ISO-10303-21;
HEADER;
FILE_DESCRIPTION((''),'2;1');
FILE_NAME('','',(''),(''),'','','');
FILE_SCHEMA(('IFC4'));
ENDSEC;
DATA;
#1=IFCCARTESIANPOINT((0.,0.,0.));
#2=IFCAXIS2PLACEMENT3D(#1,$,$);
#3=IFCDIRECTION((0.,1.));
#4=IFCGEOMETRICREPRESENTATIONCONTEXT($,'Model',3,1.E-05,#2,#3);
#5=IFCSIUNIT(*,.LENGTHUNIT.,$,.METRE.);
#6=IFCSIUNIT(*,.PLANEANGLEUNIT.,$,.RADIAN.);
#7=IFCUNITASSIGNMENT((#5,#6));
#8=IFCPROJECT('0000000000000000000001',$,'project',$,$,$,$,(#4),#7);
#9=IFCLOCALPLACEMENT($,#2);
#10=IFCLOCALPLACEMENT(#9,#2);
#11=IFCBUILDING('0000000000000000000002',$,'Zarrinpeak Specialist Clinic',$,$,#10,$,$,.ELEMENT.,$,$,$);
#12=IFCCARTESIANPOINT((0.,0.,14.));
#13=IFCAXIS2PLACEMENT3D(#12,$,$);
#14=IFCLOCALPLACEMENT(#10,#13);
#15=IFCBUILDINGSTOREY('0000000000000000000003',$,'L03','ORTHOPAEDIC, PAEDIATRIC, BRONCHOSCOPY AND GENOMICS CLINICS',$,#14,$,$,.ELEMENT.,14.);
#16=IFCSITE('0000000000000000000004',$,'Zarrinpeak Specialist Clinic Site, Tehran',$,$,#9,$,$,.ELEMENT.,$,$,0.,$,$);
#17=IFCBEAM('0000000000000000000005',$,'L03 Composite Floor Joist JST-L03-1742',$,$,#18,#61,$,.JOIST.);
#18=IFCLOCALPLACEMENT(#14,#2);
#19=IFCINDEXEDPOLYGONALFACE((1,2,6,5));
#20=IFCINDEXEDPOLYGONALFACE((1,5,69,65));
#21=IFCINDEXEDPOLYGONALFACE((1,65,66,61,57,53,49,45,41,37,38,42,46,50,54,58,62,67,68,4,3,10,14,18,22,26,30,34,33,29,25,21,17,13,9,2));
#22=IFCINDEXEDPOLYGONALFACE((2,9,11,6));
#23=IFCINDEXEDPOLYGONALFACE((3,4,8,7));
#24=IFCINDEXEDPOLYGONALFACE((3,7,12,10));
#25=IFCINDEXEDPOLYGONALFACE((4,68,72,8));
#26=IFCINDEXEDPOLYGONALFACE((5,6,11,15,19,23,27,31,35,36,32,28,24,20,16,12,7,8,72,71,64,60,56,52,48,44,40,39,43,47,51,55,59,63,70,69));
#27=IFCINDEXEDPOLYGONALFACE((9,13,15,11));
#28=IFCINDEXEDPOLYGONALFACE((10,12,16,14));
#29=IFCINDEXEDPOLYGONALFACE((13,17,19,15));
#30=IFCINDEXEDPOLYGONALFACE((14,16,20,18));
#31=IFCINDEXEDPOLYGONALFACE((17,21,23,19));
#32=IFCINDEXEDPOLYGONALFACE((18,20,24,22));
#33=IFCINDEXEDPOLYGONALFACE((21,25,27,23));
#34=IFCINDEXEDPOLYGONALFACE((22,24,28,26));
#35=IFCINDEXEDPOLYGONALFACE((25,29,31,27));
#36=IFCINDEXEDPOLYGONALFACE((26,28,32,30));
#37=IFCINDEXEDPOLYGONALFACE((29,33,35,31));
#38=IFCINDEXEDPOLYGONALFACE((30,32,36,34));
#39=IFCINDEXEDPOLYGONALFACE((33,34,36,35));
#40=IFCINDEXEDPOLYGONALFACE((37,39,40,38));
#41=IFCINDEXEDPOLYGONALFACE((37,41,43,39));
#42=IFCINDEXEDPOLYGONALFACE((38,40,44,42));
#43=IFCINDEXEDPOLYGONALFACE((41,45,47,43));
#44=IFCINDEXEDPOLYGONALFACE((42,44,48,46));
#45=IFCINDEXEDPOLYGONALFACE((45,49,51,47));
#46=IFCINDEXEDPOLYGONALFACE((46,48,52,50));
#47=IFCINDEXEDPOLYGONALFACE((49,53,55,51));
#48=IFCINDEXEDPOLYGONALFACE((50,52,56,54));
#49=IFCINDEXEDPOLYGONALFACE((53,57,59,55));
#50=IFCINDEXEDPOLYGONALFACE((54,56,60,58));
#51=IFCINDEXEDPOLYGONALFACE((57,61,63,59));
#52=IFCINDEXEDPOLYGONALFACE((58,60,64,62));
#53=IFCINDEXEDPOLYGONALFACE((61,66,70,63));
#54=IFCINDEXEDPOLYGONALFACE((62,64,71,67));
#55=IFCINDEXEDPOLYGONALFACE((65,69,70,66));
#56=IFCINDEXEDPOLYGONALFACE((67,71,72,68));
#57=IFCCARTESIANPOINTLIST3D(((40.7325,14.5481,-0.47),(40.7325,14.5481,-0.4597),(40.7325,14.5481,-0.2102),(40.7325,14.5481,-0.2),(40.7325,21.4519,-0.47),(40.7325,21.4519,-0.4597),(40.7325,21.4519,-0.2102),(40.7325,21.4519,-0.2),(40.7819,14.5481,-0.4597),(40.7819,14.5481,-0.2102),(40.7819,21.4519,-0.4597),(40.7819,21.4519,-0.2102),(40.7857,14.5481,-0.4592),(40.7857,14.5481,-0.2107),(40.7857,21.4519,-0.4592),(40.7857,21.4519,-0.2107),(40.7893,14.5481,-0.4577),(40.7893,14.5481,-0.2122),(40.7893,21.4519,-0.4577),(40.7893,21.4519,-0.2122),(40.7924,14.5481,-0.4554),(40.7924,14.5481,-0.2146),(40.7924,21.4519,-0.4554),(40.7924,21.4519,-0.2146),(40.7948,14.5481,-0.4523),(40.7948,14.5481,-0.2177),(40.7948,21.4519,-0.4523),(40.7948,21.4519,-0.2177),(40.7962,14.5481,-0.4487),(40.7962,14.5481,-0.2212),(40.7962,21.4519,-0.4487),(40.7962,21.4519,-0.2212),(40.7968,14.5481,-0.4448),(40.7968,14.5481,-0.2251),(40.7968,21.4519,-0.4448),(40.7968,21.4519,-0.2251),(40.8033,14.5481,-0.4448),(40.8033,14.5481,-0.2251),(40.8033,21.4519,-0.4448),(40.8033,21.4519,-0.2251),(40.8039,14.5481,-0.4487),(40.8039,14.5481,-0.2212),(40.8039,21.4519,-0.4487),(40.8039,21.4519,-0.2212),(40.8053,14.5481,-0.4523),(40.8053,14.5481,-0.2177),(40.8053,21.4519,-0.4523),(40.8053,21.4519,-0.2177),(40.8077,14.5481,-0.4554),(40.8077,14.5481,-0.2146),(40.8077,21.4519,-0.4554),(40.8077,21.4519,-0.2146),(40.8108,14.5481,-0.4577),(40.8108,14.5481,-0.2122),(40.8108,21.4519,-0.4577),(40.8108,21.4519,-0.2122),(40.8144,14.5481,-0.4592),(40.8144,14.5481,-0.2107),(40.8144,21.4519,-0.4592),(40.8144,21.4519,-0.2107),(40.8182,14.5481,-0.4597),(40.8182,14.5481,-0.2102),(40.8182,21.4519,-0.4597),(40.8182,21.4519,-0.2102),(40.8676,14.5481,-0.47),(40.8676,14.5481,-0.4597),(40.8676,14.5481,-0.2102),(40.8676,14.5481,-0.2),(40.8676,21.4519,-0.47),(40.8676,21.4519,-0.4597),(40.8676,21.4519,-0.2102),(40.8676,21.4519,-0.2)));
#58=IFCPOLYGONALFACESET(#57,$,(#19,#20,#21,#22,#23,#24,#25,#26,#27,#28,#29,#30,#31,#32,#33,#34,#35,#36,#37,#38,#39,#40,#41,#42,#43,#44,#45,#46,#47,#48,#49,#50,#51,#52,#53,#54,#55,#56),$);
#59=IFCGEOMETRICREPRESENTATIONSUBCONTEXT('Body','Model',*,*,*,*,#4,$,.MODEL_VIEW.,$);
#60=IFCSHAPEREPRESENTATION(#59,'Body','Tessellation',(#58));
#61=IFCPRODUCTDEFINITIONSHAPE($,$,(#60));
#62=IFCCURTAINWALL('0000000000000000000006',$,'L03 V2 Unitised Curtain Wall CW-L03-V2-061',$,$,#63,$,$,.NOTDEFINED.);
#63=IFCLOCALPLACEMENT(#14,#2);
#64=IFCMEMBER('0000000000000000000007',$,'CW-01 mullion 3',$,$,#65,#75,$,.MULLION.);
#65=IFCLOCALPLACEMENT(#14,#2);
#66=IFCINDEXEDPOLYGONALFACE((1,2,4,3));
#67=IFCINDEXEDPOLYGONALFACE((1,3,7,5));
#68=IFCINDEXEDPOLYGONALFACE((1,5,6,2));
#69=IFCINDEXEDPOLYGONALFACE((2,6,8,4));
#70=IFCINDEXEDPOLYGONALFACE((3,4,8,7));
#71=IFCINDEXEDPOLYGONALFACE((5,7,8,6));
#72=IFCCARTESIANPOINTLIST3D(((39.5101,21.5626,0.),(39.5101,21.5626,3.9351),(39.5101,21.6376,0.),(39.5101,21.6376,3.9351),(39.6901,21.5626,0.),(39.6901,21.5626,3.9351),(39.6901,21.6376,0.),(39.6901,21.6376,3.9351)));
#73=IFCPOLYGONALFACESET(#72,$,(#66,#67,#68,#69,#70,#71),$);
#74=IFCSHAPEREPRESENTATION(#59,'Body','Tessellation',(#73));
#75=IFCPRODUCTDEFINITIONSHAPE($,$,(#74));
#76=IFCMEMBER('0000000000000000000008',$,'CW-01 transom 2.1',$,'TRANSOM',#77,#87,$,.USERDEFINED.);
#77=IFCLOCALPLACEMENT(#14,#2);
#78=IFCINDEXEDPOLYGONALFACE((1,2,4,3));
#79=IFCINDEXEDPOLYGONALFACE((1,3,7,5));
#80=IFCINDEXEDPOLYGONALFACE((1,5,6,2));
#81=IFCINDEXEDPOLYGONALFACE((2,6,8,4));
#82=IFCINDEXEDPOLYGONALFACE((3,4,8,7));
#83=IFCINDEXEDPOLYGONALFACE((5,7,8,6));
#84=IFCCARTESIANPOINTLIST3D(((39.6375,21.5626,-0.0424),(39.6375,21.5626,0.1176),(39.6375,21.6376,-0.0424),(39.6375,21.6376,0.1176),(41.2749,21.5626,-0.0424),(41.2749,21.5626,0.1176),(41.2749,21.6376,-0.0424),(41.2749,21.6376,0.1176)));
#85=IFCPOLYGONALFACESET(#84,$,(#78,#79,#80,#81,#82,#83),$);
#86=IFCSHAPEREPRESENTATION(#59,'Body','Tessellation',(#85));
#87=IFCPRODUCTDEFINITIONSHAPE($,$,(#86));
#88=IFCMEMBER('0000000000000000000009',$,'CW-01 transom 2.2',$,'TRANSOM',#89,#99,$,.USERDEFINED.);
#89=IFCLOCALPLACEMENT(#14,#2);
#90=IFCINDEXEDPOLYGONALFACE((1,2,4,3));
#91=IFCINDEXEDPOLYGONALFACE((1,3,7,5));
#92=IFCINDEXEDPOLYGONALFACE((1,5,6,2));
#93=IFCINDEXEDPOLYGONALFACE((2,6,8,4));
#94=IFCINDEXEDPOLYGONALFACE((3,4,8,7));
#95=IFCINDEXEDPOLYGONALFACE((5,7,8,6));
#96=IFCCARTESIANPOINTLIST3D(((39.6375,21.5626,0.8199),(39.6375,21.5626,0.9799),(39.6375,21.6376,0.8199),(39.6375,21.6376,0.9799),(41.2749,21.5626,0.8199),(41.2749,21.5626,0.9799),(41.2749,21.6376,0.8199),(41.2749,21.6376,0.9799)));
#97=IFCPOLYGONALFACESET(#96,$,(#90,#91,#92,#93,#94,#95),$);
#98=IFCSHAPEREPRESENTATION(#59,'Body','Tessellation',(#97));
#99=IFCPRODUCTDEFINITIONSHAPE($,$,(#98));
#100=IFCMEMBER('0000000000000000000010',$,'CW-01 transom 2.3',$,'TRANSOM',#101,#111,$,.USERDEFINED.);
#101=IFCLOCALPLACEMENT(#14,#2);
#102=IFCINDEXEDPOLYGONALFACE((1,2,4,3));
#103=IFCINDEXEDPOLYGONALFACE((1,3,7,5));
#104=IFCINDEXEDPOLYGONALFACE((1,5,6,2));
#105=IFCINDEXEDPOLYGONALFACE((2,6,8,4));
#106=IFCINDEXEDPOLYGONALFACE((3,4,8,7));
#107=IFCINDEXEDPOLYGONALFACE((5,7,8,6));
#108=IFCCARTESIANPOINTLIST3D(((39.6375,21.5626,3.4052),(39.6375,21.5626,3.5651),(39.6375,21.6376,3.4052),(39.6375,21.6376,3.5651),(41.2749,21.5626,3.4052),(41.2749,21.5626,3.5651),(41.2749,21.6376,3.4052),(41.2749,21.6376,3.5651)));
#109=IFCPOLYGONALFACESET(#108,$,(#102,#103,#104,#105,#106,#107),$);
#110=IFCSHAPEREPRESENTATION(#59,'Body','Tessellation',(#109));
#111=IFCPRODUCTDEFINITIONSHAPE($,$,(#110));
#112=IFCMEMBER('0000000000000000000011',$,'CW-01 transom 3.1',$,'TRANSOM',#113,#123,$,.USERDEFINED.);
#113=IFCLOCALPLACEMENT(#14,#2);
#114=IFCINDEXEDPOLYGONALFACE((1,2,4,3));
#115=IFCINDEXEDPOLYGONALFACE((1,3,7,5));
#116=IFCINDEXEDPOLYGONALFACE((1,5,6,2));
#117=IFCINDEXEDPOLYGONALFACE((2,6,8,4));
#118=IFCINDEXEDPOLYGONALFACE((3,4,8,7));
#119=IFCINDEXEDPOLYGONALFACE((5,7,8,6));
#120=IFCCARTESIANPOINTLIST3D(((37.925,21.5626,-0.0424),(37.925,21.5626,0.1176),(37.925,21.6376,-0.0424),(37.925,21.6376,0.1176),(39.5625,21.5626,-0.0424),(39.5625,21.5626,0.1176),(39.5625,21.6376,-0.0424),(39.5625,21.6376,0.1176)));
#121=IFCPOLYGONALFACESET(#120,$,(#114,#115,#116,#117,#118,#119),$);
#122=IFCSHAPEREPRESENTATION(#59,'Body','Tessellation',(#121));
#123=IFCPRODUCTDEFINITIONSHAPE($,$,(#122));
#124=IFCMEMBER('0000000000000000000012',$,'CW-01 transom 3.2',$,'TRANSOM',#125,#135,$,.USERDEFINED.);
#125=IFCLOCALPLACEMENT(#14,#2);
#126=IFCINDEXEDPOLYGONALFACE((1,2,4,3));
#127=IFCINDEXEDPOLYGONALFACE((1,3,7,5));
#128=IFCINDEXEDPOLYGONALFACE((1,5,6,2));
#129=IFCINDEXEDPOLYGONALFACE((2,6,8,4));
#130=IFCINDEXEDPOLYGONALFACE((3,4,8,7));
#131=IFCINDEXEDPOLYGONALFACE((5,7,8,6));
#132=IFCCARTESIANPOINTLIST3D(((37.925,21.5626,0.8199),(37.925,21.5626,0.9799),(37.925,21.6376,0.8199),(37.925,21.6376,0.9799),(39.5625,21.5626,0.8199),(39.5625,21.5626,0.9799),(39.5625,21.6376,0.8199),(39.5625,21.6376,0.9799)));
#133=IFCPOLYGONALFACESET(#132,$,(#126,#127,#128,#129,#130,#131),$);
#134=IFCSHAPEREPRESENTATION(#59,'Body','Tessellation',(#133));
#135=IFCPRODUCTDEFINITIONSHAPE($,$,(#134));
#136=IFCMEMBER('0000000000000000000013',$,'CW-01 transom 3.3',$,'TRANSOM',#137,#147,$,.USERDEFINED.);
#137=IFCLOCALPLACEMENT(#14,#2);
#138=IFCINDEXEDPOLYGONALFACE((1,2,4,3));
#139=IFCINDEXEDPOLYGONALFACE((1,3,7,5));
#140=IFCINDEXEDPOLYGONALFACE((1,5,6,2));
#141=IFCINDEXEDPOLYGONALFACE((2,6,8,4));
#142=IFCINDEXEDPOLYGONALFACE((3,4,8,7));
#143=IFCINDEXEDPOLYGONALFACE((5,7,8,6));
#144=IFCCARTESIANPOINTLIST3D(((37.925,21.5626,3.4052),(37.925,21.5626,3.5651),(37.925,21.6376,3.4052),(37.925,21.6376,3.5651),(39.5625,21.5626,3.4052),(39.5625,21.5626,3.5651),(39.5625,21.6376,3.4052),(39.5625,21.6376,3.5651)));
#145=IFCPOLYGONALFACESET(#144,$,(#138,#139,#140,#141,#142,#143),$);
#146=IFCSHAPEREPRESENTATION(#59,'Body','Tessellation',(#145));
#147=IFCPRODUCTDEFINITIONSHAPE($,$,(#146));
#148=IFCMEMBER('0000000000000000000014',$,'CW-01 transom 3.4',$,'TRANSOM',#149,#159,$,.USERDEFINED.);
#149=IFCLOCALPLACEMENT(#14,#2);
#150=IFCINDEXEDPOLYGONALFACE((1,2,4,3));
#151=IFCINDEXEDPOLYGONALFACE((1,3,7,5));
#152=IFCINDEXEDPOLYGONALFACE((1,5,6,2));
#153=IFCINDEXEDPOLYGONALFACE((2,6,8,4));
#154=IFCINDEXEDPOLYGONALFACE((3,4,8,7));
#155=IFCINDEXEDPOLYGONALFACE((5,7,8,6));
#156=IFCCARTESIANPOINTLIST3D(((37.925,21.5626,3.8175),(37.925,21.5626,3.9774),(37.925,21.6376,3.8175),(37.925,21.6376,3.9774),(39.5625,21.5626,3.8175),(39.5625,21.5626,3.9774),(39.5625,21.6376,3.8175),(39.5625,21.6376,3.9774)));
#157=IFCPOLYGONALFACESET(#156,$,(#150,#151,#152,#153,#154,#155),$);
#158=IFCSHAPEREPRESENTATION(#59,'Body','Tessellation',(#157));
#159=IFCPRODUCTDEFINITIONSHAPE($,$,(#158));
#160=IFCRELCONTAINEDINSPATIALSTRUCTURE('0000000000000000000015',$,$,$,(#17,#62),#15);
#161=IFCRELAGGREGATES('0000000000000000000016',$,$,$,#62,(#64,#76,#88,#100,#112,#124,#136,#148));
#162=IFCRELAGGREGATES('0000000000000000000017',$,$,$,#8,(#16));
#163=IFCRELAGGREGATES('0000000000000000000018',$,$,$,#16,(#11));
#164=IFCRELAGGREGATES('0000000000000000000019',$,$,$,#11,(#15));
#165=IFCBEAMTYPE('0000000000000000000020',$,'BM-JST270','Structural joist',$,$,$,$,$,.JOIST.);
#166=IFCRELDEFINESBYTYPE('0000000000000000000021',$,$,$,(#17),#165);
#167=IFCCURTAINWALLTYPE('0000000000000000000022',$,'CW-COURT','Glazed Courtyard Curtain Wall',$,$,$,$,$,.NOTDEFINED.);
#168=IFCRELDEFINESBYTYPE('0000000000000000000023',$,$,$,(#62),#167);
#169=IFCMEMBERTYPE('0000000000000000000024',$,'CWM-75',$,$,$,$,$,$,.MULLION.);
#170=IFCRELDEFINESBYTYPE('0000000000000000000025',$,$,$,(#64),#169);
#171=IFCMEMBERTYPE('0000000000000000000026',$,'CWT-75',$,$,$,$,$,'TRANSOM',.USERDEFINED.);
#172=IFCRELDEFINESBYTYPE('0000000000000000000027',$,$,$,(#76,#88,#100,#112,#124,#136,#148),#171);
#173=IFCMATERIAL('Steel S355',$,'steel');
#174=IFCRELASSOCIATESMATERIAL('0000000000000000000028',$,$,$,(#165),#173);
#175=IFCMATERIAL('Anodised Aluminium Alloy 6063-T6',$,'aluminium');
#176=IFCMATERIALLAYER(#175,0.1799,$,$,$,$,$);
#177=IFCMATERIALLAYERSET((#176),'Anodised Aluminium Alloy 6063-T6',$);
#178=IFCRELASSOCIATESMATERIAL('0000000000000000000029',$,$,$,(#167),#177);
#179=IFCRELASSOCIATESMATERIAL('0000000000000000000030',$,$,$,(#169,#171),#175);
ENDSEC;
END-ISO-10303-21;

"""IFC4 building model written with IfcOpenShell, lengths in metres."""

from ifc_helpers import new_model, si_unit, direction, frame, origin, origin_2d, place, context, subcontext, project, spatial, rectangle, i_section, extrude, material, layer, layer_set, material_profile, profile_set, type_object, element, aggregate, save


model = new_model("IFC4")

# Units and contexts
model_context = context("Model", 3, precision=1e-05, world=origin(), true_north=direction((0.0, 1.0)))
body_context = subcontext(model_context, "Body", "Model", "MODEL_VIEW")
ifc_project = project(units=[si_unit("LENGTHUNIT", "METRE"), si_unit("PLANEANGLEUNIT", "RADIAN")], contexts=[model_context])

# Site, building, storey
site_placement = place(None, origin())
site = spatial("IfcSite", under=ifc_project, at=site_placement, Name="Zarrinpeak Specialist Clinic Site, Tehran", CompositionType="ELEMENT", RefElevation=0.0)
building_placement = place(site_placement, origin())
building = spatial("IfcBuilding", under=site, at=building_placement, Name="Zarrinpeak Specialist Clinic", CompositionType="ELEMENT")
storey_placement = place(building_placement, frame((0.0, 0.0, 14.0)))
storey = spatial("IfcBuildingStorey", under=building, at=storey_placement, Name="L03", Description="ORTHOPAEDIC, PAEDIATRIC, BRONCHOSCOPY AND GENOMICS CLINICS", CompositionType="ELEMENT", Elevation=14.0)

# Shared definitions
ifc_material_1 = material(Name="Steel S355", Category="steel")

# Beam
ifc_material_profile_1 = material_profile(ifc_material_1, i_section(OverallWidth=0.135, OverallDepth=0.27, WebThickness=0.0066, FlangeThickness=0.0103, FilletRadius=0.0149, at=origin_2d()), Name="IPE 270")
ifc_profile_set_1 = profile_set([ifc_material_profile_1], Name="Steel S355")
beam_type_1 = type_object("IfcBeamType", Name="BM-JST270", Description="Structural joist", PredefinedType="JOIST", material=ifc_profile_set_1)
beam_1_placement = place(storey_placement, frame((40.8, 14.5481, -0.335), z_axis=(0.0, 1.0, 0.0), x_axis=(-1.0, 0.0, 0.0)))
element("IfcBeam", 1, at=beam_1_placement, inside=storey, type_object=beam_type_1, Name="L03 Composite Floor Joist JST-L03-1742", PredefinedType="JOIST", context=body_context, shape_type="SweptSolid", body=[
    extrude(i_section(OverallWidth=0.135, OverallDepth=0.27, WebThickness=0.0066, FlangeThickness=0.0103, FilletRadius=0.0149, at=origin_2d()), origin(), (0.0, 0.0, 1.0), 6.9038),
])

# Curtain wall, members
ifc_material_2 = material(Name="Anodised Aluminium Alloy 6063-T6", Category="aluminium")
ifc_layer_1 = layer(ifc_material_2, 0.1799)
ifc_layer_set_1 = layer_set([ifc_layer_1], Name="Anodised Aluminium Alloy 6063-T6")
curtain_wall_type = type_object("IfcCurtainWallType", Name="CW-COURT", Description="Glazed Courtyard Curtain Wall", PredefinedType="NOTDEFINED", material=ifc_layer_set_1)
curtain_wall_placement = place(storey_placement, origin())
curtain_wall = element("IfcCurtainWall", 2, at=curtain_wall_placement, inside=storey, type_object=curtain_wall_type, Name="L03 V2 Unitised Curtain Wall CW-L03-V2-061", PredefinedType="NOTDEFINED")
ifc_material_profile_2 = material_profile(ifc_material_2, rectangle(XDim=0.075, YDim=0.1799, at=origin_2d()), Name="ALU 75x180")
ifc_profile_set_2 = profile_set([ifc_material_profile_2], Name="Anodised Aluminium Alloy 6063-T6")
member_type_1 = type_object("IfcMemberType", Name="CWM-75", PredefinedType="MULLION", material=ifc_profile_set_2)
member_1_placement = place(storey_placement, frame((39.6001, 21.6001, 0.0), z_axis=(0.0, 0.0, 1.0), x_axis=(0.0, -1.0, 0.0)))
member_1 = element("IfcMember", 3, at=member_1_placement, type_object=member_type_1, Name="CW-01 mullion 3", PredefinedType="MULLION", context=body_context, shape_type="SweptSolid", body=[
    extrude(rectangle(XDim=0.075, YDim=0.1799, at=origin_2d()), origin(), (0.0, 0.0, 1.0), 3.9351),
])
ifc_material_profile_3 = material_profile(ifc_material_2, rectangle(XDim=0.075, YDim=0.1599, at=origin_2d()), Name="ALU 75x160")
ifc_profile_set_3 = profile_set([ifc_material_profile_3], Name="Anodised Aluminium Alloy 6063-T6")
member_type_2 = type_object("IfcMemberType", Name="CWT-75", ElementType="TRANSOM", PredefinedType="USERDEFINED", material=ifc_profile_set_3)
member_2_placement = place(storey_placement, frame((41.2749, 21.6001, 0.0376), z_axis=(-1.0, 0.0, 0.0), x_axis=(0.0, -1.0, 0.0)))
member_2 = element("IfcMember", 4, at=member_2_placement, type_object=member_type_2, Name="CW-01 transom 2.1", ObjectType="TRANSOM", PredefinedType="USERDEFINED", context=body_context, shape_type="SweptSolid", body=[
    extrude(rectangle(XDim=0.075, YDim=0.1599, at=origin_2d()), origin(), (0.0, 0.0, 1.0), 1.6375),
])
member_3_placement = place(storey_placement, frame((41.2749, 21.6001, 0.8999), z_axis=(-1.0, 0.0, 0.0), x_axis=(0.0, -1.0, 0.0)))
member_3 = element("IfcMember", 5, at=member_3_placement, type_object=member_type_2, Name="CW-01 transom 2.2", ObjectType="TRANSOM", PredefinedType="USERDEFINED", context=body_context, shape_type="SweptSolid", body=[
    extrude(rectangle(XDim=0.075, YDim=0.1599, at=origin_2d()), origin(), (0.0, 0.0, 1.0), 1.6375),
])
member_4_placement = place(storey_placement, frame((41.2749, 21.6001, 3.4851), z_axis=(-1.0, 0.0, 0.0), x_axis=(0.0, -1.0, 0.0)))
member_4 = element("IfcMember", 6, at=member_4_placement, type_object=member_type_2, Name="CW-01 transom 2.3", ObjectType="TRANSOM", PredefinedType="USERDEFINED", context=body_context, shape_type="SweptSolid", body=[
    extrude(rectangle(XDim=0.075, YDim=0.1599, at=origin_2d()), origin(), (0.0, 0.0, 1.0), 1.6375),
])
member_5_placement = place(storey_placement, frame((39.5625, 21.6001, 0.0376), z_axis=(-1.0, 0.0, 0.0), x_axis=(0.0, -1.0, 0.0)))
member_5 = element("IfcMember", 7, at=member_5_placement, type_object=member_type_2, Name="CW-01 transom 3.1", ObjectType="TRANSOM", PredefinedType="USERDEFINED", context=body_context, shape_type="SweptSolid", body=[
    extrude(rectangle(XDim=0.075, YDim=0.1599, at=origin_2d()), origin(), (0.0, 0.0, 1.0), 1.6375),
])
member_6_placement = place(storey_placement, frame((39.5625, 21.6001, 0.8999), z_axis=(-1.0, 0.0, 0.0), x_axis=(0.0, -1.0, 0.0)))
member_6 = element("IfcMember", 8, at=member_6_placement, type_object=member_type_2, Name="CW-01 transom 3.2", ObjectType="TRANSOM", PredefinedType="USERDEFINED", context=body_context, shape_type="SweptSolid", body=[
    extrude(rectangle(XDim=0.075, YDim=0.1599, at=origin_2d()), origin(), (0.0, 0.0, 1.0), 1.6375),
])
member_7_placement = place(storey_placement, frame((39.5625, 21.6001, 3.4851), z_axis=(-1.0, 0.0, 0.0), x_axis=(0.0, -1.0, 0.0)))
member_7 = element("IfcMember", 9, at=member_7_placement, type_object=member_type_2, Name="CW-01 transom 3.3", ObjectType="TRANSOM", PredefinedType="USERDEFINED", context=body_context, shape_type="SweptSolid", body=[
    extrude(rectangle(XDim=0.075, YDim=0.1599, at=origin_2d()), origin(), (0.0, 0.0, 1.0), 1.6375),
])
member_8_placement = place(storey_placement, frame((39.5625, 21.6001, 3.8975), z_axis=(-1.0, 0.0, 0.0), x_axis=(0.0, -1.0, 0.0)))
member_8 = element("IfcMember", 10, at=member_8_placement, type_object=member_type_2, Name="CW-01 transom 3.4", ObjectType="TRANSOM", PredefinedType="USERDEFINED", context=body_context, shape_type="SweptSolid", body=[
    extrude(rectangle(XDim=0.075, YDim=0.1599, at=origin_2d()), origin(), (0.0, 0.0, 1.0), 1.6375),
])

aggregate(curtain_wall, [member_1, member_2, member_3, member_4, member_5, member_6, member_7, member_8])

save(model, "model.ifc")
